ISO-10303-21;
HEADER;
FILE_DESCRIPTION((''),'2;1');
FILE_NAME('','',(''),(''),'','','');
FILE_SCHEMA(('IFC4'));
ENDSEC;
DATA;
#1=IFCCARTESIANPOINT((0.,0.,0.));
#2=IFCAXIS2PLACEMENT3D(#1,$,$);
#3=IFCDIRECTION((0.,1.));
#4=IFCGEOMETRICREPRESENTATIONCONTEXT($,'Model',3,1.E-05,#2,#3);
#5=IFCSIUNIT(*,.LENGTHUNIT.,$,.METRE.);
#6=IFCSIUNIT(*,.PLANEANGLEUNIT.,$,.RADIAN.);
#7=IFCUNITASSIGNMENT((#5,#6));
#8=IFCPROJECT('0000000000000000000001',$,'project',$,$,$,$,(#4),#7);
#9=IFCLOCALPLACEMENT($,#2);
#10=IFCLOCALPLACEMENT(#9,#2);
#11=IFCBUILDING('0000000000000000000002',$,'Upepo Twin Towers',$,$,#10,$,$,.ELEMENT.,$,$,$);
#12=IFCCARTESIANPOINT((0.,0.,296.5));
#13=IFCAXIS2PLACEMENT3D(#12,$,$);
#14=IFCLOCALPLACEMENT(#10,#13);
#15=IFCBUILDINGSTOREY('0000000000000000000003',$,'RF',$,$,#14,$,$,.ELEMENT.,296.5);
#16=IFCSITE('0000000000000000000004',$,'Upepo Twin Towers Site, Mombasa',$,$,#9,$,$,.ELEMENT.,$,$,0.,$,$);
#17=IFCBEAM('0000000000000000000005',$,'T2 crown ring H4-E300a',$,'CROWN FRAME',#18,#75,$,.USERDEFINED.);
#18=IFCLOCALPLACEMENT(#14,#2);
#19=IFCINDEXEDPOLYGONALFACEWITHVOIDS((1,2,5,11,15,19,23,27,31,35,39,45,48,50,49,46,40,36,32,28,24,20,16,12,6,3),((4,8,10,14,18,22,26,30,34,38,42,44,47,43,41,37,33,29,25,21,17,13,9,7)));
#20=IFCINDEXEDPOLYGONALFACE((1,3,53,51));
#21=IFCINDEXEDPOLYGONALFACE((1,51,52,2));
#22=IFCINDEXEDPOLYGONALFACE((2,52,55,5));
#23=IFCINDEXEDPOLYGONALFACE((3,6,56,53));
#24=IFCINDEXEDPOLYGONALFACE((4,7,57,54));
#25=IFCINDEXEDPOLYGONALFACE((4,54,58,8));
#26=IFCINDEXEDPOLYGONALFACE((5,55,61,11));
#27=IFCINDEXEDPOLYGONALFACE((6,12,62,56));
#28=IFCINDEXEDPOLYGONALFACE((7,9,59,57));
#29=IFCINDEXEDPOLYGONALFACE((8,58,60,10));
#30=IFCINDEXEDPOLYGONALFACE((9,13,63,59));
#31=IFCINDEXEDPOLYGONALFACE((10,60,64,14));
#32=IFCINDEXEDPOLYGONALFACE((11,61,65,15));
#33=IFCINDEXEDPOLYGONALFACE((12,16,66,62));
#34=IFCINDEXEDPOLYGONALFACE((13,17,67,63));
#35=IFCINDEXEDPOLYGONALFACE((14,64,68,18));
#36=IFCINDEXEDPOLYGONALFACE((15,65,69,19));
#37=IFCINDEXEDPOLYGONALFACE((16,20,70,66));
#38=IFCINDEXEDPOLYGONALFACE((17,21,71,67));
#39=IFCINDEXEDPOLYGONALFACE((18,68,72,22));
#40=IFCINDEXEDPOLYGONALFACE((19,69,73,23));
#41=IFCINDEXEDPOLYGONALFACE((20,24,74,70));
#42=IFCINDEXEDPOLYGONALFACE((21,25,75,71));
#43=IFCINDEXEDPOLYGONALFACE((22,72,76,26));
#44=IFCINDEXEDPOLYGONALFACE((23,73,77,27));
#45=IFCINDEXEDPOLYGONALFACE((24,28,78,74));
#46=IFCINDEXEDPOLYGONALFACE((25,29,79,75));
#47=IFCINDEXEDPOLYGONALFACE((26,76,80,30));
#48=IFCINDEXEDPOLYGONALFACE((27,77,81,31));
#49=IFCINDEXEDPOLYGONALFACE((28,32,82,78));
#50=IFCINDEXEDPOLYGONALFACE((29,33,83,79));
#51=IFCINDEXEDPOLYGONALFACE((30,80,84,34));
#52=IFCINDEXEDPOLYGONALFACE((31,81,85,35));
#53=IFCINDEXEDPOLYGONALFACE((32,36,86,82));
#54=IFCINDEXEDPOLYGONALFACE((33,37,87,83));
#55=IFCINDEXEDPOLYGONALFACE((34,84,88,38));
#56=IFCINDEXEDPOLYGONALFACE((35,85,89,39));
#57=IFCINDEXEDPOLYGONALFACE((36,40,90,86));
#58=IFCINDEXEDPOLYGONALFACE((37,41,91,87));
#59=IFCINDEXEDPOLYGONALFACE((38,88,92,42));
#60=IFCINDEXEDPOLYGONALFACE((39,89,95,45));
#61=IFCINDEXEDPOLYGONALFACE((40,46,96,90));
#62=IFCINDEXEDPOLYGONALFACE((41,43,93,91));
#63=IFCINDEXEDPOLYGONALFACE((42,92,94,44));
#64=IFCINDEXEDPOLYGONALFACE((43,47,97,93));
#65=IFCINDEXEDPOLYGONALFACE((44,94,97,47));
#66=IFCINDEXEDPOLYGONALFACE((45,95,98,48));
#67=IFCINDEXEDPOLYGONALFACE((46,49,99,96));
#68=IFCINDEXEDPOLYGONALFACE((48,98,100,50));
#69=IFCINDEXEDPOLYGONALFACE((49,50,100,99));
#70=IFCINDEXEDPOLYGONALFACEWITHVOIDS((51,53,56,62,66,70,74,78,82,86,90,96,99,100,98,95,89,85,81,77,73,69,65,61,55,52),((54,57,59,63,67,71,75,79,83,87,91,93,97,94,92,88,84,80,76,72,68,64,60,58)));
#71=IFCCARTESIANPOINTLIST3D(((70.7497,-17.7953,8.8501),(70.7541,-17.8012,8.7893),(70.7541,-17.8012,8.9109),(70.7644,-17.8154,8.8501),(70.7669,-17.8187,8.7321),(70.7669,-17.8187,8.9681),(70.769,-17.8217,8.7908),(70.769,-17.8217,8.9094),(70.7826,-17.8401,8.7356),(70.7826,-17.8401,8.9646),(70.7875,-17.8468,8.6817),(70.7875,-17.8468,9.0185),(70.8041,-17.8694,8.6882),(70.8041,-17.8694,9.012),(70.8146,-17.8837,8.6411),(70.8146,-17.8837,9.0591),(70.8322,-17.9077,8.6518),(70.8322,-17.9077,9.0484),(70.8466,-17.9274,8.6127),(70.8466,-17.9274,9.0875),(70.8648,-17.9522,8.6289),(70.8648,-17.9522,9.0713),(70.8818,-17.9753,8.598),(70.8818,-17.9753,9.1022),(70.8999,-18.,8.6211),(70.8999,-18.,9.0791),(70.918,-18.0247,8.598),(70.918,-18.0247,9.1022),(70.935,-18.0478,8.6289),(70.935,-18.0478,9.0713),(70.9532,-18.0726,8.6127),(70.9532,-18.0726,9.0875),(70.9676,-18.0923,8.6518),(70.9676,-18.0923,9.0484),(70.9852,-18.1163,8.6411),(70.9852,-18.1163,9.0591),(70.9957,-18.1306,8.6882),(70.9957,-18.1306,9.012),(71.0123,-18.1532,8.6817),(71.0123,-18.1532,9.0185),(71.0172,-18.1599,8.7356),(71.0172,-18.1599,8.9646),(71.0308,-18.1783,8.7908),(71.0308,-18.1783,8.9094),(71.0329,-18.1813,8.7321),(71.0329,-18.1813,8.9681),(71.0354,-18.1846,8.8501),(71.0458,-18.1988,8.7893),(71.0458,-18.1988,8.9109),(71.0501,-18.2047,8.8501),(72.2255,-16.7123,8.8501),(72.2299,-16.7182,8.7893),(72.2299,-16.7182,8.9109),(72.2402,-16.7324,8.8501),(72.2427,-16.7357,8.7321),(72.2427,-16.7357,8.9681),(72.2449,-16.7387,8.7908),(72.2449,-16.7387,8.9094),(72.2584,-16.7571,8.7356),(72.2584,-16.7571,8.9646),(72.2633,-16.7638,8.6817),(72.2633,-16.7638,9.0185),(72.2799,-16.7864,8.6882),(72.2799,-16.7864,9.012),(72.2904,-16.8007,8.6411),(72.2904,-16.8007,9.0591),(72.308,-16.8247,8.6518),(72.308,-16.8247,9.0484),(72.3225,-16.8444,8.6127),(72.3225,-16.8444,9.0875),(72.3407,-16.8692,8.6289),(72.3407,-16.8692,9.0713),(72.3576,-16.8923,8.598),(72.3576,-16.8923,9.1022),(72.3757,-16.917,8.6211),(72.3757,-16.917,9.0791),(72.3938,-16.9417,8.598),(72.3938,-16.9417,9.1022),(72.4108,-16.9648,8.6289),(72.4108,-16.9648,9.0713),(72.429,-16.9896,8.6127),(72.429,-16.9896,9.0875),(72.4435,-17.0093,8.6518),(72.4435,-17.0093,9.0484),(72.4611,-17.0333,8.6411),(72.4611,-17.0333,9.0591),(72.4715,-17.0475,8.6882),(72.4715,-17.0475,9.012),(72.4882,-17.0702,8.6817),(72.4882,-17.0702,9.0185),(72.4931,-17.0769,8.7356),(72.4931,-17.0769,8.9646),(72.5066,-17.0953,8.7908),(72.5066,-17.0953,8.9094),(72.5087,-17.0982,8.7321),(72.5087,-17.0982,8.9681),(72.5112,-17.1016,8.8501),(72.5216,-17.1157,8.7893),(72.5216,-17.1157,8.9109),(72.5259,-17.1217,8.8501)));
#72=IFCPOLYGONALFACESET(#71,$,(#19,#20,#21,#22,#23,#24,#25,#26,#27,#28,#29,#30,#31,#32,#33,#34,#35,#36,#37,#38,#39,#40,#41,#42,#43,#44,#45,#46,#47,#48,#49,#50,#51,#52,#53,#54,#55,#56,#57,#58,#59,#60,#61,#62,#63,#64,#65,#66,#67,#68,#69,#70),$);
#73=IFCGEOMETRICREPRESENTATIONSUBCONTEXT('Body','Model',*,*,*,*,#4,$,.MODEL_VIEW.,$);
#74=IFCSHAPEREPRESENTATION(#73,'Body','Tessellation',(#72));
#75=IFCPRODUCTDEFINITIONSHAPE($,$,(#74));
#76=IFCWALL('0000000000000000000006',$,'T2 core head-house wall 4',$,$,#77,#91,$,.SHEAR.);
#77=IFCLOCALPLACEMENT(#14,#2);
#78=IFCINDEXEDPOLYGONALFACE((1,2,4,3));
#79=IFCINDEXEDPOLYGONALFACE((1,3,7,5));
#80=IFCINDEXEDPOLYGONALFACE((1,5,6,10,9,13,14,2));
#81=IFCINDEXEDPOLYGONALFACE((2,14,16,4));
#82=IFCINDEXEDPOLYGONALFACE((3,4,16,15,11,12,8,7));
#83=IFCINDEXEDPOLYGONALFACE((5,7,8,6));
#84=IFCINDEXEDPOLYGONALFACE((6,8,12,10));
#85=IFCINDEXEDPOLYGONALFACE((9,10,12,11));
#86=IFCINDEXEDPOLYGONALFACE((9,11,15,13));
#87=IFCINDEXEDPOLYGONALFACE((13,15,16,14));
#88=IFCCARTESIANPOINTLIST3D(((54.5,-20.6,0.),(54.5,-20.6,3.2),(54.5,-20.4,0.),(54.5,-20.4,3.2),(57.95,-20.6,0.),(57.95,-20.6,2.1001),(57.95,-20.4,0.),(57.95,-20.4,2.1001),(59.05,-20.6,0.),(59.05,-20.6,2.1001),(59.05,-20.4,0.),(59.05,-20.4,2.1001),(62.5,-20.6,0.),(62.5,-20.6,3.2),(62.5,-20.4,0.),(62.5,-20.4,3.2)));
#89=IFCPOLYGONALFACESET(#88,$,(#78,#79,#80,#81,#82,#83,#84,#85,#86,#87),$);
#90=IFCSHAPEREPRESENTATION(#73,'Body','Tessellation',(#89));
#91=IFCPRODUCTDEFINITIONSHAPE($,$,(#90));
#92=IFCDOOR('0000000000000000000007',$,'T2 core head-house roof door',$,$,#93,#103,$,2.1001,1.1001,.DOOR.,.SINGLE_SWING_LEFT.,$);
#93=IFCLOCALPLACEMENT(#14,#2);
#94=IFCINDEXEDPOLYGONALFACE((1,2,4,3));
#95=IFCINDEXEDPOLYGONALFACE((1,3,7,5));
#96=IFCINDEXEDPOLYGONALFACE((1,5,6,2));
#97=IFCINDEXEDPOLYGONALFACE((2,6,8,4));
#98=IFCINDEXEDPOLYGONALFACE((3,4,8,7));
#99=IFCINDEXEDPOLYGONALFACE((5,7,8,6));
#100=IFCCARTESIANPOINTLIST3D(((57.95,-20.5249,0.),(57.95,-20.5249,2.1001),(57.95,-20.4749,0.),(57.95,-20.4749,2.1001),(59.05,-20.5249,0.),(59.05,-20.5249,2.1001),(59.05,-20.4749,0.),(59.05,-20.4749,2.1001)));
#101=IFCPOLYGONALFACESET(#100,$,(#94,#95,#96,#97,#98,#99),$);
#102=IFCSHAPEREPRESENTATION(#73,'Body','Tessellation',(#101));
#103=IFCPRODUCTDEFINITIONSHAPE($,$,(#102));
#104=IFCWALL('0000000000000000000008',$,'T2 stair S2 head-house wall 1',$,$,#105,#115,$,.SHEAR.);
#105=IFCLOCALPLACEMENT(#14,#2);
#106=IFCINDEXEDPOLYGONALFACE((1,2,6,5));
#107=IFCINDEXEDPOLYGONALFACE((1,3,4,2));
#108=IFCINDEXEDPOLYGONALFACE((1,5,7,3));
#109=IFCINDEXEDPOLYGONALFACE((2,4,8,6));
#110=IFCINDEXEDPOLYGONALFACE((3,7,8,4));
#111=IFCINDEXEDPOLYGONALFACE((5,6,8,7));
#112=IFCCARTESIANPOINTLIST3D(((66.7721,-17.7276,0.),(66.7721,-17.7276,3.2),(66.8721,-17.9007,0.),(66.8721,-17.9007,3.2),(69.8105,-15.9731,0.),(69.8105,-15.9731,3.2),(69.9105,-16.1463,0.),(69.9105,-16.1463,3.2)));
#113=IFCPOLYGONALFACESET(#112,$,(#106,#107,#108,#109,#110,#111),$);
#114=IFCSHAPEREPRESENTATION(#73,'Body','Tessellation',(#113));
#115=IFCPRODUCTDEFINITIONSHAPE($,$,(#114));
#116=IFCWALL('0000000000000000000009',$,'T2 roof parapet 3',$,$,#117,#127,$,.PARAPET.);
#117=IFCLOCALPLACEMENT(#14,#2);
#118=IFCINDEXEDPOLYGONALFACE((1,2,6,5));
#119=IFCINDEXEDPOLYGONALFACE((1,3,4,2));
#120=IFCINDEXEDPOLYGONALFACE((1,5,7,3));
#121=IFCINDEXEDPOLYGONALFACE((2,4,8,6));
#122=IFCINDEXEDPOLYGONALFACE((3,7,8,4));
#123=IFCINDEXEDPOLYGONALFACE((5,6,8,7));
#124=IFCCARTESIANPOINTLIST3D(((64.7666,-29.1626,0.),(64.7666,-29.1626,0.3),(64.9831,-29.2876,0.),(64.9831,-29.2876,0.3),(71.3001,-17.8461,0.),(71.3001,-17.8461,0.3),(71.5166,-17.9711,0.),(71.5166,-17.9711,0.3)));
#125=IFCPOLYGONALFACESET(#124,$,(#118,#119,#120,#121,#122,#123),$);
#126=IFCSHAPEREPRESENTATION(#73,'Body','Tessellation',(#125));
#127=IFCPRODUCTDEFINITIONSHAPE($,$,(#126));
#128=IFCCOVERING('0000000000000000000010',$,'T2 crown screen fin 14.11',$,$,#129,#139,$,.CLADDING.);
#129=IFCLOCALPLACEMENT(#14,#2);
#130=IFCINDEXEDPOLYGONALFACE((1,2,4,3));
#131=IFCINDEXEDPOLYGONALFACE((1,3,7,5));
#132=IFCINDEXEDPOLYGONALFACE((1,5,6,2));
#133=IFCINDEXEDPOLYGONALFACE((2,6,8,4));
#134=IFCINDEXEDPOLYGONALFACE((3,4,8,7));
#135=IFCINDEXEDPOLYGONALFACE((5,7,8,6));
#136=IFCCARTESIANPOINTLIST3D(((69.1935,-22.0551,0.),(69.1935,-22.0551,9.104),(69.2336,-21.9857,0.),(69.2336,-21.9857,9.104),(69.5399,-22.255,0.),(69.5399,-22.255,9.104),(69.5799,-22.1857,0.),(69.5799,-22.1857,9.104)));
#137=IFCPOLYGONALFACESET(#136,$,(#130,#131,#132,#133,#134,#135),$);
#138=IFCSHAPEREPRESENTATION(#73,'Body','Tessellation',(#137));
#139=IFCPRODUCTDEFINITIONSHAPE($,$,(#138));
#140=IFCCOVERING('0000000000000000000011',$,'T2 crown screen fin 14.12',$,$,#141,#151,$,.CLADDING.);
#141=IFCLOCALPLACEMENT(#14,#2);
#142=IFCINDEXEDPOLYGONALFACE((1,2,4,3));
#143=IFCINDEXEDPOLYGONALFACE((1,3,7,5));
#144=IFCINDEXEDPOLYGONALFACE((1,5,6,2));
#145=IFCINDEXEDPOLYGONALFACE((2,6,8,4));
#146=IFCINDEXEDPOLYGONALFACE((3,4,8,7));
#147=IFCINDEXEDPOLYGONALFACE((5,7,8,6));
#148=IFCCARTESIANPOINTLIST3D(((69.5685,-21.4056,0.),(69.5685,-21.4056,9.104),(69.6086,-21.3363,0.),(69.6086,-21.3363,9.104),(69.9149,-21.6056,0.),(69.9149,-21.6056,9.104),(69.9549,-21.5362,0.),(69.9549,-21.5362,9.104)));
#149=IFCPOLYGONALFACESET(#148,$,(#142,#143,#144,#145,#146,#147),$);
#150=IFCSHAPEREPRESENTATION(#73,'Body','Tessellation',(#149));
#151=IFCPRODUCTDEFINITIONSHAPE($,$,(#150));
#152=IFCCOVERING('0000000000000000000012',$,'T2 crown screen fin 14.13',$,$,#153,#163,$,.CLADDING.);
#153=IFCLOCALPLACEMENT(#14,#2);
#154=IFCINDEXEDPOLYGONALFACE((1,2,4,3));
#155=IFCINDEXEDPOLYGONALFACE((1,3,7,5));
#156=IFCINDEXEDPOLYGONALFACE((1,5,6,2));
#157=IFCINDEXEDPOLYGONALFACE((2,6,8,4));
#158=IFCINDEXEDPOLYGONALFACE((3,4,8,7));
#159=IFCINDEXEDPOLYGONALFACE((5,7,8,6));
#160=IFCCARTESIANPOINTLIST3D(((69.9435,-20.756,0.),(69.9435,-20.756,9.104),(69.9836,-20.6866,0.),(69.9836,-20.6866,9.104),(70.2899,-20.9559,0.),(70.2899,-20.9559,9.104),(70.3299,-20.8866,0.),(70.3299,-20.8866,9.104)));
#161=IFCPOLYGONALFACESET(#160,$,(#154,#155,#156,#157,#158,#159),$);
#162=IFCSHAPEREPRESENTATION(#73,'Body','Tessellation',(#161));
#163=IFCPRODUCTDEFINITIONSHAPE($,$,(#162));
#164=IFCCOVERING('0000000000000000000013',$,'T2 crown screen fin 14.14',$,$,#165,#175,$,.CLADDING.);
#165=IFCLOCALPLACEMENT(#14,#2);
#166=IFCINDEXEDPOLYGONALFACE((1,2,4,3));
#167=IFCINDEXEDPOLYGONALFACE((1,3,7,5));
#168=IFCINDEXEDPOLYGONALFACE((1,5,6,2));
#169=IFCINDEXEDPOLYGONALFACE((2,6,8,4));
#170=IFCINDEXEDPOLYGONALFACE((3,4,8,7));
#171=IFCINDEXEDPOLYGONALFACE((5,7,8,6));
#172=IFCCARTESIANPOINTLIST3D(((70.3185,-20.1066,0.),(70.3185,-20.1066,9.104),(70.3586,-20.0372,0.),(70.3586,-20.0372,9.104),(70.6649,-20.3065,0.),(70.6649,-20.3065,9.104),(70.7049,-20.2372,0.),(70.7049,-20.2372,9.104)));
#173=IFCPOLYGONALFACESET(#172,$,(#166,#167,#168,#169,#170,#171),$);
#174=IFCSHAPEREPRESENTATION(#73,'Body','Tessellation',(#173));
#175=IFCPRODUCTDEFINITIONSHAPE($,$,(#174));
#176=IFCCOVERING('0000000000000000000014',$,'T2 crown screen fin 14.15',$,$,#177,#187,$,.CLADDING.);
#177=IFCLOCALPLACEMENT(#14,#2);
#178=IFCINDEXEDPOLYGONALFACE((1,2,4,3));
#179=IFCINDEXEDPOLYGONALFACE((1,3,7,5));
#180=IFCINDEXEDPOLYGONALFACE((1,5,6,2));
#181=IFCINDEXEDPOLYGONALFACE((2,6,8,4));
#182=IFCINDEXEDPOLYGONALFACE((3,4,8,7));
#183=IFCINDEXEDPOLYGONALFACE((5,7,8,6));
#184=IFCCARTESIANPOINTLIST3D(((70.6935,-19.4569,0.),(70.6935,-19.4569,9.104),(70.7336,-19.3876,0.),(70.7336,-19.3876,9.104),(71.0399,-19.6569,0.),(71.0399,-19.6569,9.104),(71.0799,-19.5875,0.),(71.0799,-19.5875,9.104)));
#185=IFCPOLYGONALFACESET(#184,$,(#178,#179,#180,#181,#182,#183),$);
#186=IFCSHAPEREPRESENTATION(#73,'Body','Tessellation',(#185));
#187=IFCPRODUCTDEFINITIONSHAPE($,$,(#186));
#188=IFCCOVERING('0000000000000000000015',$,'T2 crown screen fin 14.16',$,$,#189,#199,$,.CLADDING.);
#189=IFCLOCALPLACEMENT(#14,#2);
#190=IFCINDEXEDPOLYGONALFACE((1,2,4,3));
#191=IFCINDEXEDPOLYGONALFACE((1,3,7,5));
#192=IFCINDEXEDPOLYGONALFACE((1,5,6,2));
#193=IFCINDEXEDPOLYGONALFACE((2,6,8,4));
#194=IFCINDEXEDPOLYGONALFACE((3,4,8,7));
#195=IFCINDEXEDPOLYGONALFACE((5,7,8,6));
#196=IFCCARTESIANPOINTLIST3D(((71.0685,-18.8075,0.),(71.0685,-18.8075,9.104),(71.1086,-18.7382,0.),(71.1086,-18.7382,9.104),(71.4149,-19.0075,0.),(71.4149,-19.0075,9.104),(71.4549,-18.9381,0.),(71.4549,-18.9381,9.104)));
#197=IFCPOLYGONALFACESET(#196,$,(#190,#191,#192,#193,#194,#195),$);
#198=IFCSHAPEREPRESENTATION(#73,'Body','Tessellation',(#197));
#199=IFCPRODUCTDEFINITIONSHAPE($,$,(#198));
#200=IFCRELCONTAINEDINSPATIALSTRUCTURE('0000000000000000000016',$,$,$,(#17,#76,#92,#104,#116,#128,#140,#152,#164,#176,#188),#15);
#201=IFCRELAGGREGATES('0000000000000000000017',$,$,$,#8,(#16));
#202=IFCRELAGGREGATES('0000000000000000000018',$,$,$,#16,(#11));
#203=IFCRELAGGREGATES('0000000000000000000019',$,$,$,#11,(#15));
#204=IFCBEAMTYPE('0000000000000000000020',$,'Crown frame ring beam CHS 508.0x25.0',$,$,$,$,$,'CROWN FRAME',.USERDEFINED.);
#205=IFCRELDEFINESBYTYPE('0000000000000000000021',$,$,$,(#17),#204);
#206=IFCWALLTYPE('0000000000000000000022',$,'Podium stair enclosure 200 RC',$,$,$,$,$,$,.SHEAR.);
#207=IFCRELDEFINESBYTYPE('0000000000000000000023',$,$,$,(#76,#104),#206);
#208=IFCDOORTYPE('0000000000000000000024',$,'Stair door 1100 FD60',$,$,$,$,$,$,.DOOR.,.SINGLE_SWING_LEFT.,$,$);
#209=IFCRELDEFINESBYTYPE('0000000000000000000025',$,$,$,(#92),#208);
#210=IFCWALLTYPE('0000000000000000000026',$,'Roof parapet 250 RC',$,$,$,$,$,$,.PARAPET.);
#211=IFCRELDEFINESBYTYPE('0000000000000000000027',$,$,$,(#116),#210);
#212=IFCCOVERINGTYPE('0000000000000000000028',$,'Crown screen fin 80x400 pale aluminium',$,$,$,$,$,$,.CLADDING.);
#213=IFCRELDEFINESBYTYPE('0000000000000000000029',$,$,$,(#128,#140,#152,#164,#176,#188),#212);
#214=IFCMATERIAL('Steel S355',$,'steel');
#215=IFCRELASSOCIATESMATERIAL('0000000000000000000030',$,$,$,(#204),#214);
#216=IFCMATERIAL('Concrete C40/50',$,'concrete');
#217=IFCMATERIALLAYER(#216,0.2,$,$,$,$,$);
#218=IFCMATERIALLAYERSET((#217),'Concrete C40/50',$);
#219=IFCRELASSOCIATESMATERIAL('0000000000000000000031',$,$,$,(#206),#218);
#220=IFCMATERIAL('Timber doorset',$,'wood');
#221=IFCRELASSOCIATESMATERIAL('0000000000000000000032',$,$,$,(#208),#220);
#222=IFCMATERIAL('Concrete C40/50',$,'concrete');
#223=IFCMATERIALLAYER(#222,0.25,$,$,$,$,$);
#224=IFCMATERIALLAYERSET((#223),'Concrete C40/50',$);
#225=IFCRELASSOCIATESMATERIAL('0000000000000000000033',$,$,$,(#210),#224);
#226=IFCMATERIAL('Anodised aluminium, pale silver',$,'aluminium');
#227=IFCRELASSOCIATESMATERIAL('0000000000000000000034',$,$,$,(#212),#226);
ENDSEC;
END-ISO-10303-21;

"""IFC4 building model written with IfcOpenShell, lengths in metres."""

from ifc_helpers import new_model, si_unit, direction, frame, frame_2d, origin, origin_2d, place, context, subcontext, project, spatial, rectangle, hollow_circle, extrude, material, layer, layer_set, material_profile, profile_set, type_object, element, fill, save


model = new_model("IFC4")

# Units and contexts
model_context = context("Model", 3, precision=1e-05, world=origin(), true_north=direction((0.0, 1.0)))
body_context = subcontext(model_context, "Body", "Model", "MODEL_VIEW")
ifc_project = project(units=[si_unit("LENGTHUNIT", "METRE"), si_unit("PLANEANGLEUNIT", "RADIAN")], contexts=[model_context])

# Site, building, storey
site_placement = place(None, origin())
site = spatial("IfcSite", under=ifc_project, at=site_placement, Name="Upepo Twin Towers Site, Mombasa", CompositionType="ELEMENT", RefElevation=0.0)
building_placement = place(site_placement, origin())
building = spatial("IfcBuilding", under=site, at=building_placement, Name="Upepo Twin Towers", CompositionType="ELEMENT")
storey_placement = place(building_placement, frame((0.0, 0.0, 296.5)))
storey = spatial("IfcBuildingStorey", under=building, at=storey_placement, Name="RF", CompositionType="ELEMENT", Elevation=296.5)

# Beam
ifc_material_1 = material(Name="Steel S355", Category="steel")
ifc_material_profile_1 = material_profile(ifc_material_1, hollow_circle(Radius=0.2539, WallThickness=0.0249, at=origin_2d()), Name="CHS 508.0x25.0")
ifc_profile_set_1 = profile_set([ifc_material_profile_1], Name="Steel S355")
beam_type = type_object("IfcBeamType", Name="Crown frame ring beam CHS 508.0x25.0", ElementType="CROWN FRAME", PredefinedType="USERDEFINED", material=ifc_profile_set_1)
beam_placement = place(storey_placement, frame((70.8999, -18.0, 8.8501), z_axis=(0.806214, 0.591624, 0.0), x_axis=(-0.591624, 0.806214, 0.0)))
element("IfcBeam", 1, at=beam_placement, inside=storey, type_object=beam_type, Name="T2 crown ring H4-E300a", ObjectType="CROWN FRAME", PredefinedType="USERDEFINED", context=body_context, shape_type="SweptSolid", body=[
    extrude(hollow_circle(Radius=0.2539, WallThickness=0.0249, at=origin_2d()), origin(), (0.0, 0.0, 1.0), 1.8306),
])

# Wall, opening, door
ifc_material_2 = material(Name="Concrete C40/50", Category="concrete")
ifc_layer_1 = layer(ifc_material_2, 0.2)
ifc_layer_set_1 = layer_set([ifc_layer_1], Name="Concrete C40/50")
wall_type_1 = type_object("IfcWallType", Name="Podium stair enclosure 200 RC", PredefinedType="SHEAR", material=ifc_layer_set_1)
wall_1_placement = place(storey_placement, frame((62.5, -20.5, 0.0), z_axis=(0.0, 0.0, 1.0), x_axis=(-1.0, 0.0, 0.0)))
wall_1 = element("IfcWall", 2, at=wall_1_placement, inside=storey, type_object=wall_type_1, Name="T2 core head-house wall 4", PredefinedType="SHEAR", context=body_context, shape_type="SweptSolid", body=[
    extrude(rectangle(XDim=8.0, YDim=0.2, at=frame_2d((4.0, 0.0))), origin(), (0.0, 0.0, 1.0), 3.2),
])
opening_placement = place(wall_1_placement, frame((3.45, 0.0, 0.0)))
opening = element("IfcOpeningElement", 3, at=opening_placement, cuts=wall_1, PredefinedType="OPENING", context=body_context, shape_type="SweptSolid", body=[
    extrude(rectangle(XDim=1.1001, YDim=2.1001, at=frame_2d((0.55, 1.05))), frame((0.0, 0.1099, 0.0), z_axis=(0.0, -1.0, 0.0), x_axis=(1.0, 0.0, 0.0)), (0.0, 0.0, 1.0), 0.22),
])
ifc_material_3 = material(Name="Timber doorset", Category="wood")
door_type = type_object("IfcDoorType", Name="Stair door 1100 FD60", OperationType="SINGLE_SWING_LEFT", PredefinedType="DOOR", material=ifc_material_3)
door_placement = place(opening_placement, origin())
door = element("IfcDoor", 4, at=door_placement, inside=storey, type_object=door_type, Name="T2 core head-house roof door", OperationType="SINGLE_SWING_LEFT", OverallHeight=2.1001, OverallWidth=1.1001, PredefinedType="DOOR", context=body_context, shape_type="SweptSolid", body=[
    extrude(rectangle(XDim=1.1001, YDim=2.1001, at=frame_2d((0.55, 1.05))), frame((0.0, 0.0249, 0.0), z_axis=(0.0, -1.0, 0.0), x_axis=(1.0, 0.0, 0.0)), (0.0, 0.0, 1.0), 0.05),
])
fill(opening, door)

# Walls
wall_2_placement = place(storey_placement, frame((66.822, -17.8142, 0.0), z_axis=(0.0, 0.0, 1.0), x_axis=(0.865999, 0.500046, 0.0)))
element("IfcWall", 5, at=wall_2_placement, inside=storey, type_object=wall_type_1, Name="T2 stair S2 head-house wall 1", PredefinedType="SHEAR", context=body_context, shape_type="SweptSolid", body=[
    extrude(rectangle(XDim=3.5085, YDim=0.2, at=frame_2d((1.7544, 0.0))), origin(), (0.0, 0.0, 1.0), 3.2),
])
ifc_material_4 = material(Name="Concrete C40/50", Category="concrete")
ifc_layer_2 = layer(ifc_material_4, 0.25)
ifc_layer_set_2 = layer_set([ifc_layer_2], Name="Concrete C40/50")
wall_type_2 = type_object("IfcWallType", Name="Roof parapet 250 RC", PredefinedType="PARAPET", material=ifc_layer_set_2)
wall_3_placement = place(storey_placement, frame((71.4084, -17.9084, 0.0), z_axis=(0.0, 0.0, 1.0), x_axis=(-0.499995, -0.866028, 0.0)))
element("IfcWall", 6, at=wall_3_placement, inside=storey, type_object=wall_type_2, Name="T2 roof parapet 3", PredefinedType="PARAPET", context=body_context, shape_type="SweptSolid", body=[
    extrude(rectangle(XDim=13.0671, YDim=0.25, at=frame_2d((6.5337, 0.0))), origin(), (0.0, 0.0, 1.0), 0.3),
])

# Coverings
ifc_material_5 = material(Name="Anodised aluminium, pale silver", Category="aluminium")
covering_type_1 = type_object("IfcCoveringType", Name="Crown screen fin 80x400 pale aluminium", PredefinedType="CLADDING", material=ifc_material_5)
for number, where, z_axis, x_axis, name in (
    (7, (69.3867, -22.1204, 0.0), (0.0, 0.0, 1.0), (0.5, 0.866025, 0.0), "T2 crown screen fin 14.11"),
    (8, (69.7617, -21.4709, 0.0), (0.0, 0.0, 1.0), (0.5, 0.866025, 0.0), "T2 crown screen fin 14.12"),
    (9, (70.1367, -20.8213, 0.0), (0.0, 0.0, 1.0), (0.5, 0.866025, 0.0), "T2 crown screen fin 14.13"),
    (10, (70.5117, -20.1719, 0.0), (0.0, 0.0, 1.0), (0.5, 0.866025, 0.0), "T2 crown screen fin 14.14"),
    (11, (70.8867, -19.5222, 0.0), (0.0, 0.0, 1.0), (0.5, 0.866025, 0.0), "T2 crown screen fin 14.15"),
    (12, (71.2617, -18.8728, 0.0), (0.0, 0.0, 1.0), (0.5, 0.866025, 0.0), "T2 crown screen fin 14.16"),
):
    element("IfcCovering", number, at=place(storey_placement, frame(where, z_axis=z_axis, x_axis=x_axis)), inside=storey, type_object=covering_type_1, Name=name, PredefinedType="CLADDING", context=body_context, shape_type="SweptSolid", body=[
        extrude(rectangle(XDim=0.0801, YDim=0.3999, at=origin_2d()), origin(), (0.0, 0.0, 1.0), 9.104),
    ])

save(model, "model.ifc")
